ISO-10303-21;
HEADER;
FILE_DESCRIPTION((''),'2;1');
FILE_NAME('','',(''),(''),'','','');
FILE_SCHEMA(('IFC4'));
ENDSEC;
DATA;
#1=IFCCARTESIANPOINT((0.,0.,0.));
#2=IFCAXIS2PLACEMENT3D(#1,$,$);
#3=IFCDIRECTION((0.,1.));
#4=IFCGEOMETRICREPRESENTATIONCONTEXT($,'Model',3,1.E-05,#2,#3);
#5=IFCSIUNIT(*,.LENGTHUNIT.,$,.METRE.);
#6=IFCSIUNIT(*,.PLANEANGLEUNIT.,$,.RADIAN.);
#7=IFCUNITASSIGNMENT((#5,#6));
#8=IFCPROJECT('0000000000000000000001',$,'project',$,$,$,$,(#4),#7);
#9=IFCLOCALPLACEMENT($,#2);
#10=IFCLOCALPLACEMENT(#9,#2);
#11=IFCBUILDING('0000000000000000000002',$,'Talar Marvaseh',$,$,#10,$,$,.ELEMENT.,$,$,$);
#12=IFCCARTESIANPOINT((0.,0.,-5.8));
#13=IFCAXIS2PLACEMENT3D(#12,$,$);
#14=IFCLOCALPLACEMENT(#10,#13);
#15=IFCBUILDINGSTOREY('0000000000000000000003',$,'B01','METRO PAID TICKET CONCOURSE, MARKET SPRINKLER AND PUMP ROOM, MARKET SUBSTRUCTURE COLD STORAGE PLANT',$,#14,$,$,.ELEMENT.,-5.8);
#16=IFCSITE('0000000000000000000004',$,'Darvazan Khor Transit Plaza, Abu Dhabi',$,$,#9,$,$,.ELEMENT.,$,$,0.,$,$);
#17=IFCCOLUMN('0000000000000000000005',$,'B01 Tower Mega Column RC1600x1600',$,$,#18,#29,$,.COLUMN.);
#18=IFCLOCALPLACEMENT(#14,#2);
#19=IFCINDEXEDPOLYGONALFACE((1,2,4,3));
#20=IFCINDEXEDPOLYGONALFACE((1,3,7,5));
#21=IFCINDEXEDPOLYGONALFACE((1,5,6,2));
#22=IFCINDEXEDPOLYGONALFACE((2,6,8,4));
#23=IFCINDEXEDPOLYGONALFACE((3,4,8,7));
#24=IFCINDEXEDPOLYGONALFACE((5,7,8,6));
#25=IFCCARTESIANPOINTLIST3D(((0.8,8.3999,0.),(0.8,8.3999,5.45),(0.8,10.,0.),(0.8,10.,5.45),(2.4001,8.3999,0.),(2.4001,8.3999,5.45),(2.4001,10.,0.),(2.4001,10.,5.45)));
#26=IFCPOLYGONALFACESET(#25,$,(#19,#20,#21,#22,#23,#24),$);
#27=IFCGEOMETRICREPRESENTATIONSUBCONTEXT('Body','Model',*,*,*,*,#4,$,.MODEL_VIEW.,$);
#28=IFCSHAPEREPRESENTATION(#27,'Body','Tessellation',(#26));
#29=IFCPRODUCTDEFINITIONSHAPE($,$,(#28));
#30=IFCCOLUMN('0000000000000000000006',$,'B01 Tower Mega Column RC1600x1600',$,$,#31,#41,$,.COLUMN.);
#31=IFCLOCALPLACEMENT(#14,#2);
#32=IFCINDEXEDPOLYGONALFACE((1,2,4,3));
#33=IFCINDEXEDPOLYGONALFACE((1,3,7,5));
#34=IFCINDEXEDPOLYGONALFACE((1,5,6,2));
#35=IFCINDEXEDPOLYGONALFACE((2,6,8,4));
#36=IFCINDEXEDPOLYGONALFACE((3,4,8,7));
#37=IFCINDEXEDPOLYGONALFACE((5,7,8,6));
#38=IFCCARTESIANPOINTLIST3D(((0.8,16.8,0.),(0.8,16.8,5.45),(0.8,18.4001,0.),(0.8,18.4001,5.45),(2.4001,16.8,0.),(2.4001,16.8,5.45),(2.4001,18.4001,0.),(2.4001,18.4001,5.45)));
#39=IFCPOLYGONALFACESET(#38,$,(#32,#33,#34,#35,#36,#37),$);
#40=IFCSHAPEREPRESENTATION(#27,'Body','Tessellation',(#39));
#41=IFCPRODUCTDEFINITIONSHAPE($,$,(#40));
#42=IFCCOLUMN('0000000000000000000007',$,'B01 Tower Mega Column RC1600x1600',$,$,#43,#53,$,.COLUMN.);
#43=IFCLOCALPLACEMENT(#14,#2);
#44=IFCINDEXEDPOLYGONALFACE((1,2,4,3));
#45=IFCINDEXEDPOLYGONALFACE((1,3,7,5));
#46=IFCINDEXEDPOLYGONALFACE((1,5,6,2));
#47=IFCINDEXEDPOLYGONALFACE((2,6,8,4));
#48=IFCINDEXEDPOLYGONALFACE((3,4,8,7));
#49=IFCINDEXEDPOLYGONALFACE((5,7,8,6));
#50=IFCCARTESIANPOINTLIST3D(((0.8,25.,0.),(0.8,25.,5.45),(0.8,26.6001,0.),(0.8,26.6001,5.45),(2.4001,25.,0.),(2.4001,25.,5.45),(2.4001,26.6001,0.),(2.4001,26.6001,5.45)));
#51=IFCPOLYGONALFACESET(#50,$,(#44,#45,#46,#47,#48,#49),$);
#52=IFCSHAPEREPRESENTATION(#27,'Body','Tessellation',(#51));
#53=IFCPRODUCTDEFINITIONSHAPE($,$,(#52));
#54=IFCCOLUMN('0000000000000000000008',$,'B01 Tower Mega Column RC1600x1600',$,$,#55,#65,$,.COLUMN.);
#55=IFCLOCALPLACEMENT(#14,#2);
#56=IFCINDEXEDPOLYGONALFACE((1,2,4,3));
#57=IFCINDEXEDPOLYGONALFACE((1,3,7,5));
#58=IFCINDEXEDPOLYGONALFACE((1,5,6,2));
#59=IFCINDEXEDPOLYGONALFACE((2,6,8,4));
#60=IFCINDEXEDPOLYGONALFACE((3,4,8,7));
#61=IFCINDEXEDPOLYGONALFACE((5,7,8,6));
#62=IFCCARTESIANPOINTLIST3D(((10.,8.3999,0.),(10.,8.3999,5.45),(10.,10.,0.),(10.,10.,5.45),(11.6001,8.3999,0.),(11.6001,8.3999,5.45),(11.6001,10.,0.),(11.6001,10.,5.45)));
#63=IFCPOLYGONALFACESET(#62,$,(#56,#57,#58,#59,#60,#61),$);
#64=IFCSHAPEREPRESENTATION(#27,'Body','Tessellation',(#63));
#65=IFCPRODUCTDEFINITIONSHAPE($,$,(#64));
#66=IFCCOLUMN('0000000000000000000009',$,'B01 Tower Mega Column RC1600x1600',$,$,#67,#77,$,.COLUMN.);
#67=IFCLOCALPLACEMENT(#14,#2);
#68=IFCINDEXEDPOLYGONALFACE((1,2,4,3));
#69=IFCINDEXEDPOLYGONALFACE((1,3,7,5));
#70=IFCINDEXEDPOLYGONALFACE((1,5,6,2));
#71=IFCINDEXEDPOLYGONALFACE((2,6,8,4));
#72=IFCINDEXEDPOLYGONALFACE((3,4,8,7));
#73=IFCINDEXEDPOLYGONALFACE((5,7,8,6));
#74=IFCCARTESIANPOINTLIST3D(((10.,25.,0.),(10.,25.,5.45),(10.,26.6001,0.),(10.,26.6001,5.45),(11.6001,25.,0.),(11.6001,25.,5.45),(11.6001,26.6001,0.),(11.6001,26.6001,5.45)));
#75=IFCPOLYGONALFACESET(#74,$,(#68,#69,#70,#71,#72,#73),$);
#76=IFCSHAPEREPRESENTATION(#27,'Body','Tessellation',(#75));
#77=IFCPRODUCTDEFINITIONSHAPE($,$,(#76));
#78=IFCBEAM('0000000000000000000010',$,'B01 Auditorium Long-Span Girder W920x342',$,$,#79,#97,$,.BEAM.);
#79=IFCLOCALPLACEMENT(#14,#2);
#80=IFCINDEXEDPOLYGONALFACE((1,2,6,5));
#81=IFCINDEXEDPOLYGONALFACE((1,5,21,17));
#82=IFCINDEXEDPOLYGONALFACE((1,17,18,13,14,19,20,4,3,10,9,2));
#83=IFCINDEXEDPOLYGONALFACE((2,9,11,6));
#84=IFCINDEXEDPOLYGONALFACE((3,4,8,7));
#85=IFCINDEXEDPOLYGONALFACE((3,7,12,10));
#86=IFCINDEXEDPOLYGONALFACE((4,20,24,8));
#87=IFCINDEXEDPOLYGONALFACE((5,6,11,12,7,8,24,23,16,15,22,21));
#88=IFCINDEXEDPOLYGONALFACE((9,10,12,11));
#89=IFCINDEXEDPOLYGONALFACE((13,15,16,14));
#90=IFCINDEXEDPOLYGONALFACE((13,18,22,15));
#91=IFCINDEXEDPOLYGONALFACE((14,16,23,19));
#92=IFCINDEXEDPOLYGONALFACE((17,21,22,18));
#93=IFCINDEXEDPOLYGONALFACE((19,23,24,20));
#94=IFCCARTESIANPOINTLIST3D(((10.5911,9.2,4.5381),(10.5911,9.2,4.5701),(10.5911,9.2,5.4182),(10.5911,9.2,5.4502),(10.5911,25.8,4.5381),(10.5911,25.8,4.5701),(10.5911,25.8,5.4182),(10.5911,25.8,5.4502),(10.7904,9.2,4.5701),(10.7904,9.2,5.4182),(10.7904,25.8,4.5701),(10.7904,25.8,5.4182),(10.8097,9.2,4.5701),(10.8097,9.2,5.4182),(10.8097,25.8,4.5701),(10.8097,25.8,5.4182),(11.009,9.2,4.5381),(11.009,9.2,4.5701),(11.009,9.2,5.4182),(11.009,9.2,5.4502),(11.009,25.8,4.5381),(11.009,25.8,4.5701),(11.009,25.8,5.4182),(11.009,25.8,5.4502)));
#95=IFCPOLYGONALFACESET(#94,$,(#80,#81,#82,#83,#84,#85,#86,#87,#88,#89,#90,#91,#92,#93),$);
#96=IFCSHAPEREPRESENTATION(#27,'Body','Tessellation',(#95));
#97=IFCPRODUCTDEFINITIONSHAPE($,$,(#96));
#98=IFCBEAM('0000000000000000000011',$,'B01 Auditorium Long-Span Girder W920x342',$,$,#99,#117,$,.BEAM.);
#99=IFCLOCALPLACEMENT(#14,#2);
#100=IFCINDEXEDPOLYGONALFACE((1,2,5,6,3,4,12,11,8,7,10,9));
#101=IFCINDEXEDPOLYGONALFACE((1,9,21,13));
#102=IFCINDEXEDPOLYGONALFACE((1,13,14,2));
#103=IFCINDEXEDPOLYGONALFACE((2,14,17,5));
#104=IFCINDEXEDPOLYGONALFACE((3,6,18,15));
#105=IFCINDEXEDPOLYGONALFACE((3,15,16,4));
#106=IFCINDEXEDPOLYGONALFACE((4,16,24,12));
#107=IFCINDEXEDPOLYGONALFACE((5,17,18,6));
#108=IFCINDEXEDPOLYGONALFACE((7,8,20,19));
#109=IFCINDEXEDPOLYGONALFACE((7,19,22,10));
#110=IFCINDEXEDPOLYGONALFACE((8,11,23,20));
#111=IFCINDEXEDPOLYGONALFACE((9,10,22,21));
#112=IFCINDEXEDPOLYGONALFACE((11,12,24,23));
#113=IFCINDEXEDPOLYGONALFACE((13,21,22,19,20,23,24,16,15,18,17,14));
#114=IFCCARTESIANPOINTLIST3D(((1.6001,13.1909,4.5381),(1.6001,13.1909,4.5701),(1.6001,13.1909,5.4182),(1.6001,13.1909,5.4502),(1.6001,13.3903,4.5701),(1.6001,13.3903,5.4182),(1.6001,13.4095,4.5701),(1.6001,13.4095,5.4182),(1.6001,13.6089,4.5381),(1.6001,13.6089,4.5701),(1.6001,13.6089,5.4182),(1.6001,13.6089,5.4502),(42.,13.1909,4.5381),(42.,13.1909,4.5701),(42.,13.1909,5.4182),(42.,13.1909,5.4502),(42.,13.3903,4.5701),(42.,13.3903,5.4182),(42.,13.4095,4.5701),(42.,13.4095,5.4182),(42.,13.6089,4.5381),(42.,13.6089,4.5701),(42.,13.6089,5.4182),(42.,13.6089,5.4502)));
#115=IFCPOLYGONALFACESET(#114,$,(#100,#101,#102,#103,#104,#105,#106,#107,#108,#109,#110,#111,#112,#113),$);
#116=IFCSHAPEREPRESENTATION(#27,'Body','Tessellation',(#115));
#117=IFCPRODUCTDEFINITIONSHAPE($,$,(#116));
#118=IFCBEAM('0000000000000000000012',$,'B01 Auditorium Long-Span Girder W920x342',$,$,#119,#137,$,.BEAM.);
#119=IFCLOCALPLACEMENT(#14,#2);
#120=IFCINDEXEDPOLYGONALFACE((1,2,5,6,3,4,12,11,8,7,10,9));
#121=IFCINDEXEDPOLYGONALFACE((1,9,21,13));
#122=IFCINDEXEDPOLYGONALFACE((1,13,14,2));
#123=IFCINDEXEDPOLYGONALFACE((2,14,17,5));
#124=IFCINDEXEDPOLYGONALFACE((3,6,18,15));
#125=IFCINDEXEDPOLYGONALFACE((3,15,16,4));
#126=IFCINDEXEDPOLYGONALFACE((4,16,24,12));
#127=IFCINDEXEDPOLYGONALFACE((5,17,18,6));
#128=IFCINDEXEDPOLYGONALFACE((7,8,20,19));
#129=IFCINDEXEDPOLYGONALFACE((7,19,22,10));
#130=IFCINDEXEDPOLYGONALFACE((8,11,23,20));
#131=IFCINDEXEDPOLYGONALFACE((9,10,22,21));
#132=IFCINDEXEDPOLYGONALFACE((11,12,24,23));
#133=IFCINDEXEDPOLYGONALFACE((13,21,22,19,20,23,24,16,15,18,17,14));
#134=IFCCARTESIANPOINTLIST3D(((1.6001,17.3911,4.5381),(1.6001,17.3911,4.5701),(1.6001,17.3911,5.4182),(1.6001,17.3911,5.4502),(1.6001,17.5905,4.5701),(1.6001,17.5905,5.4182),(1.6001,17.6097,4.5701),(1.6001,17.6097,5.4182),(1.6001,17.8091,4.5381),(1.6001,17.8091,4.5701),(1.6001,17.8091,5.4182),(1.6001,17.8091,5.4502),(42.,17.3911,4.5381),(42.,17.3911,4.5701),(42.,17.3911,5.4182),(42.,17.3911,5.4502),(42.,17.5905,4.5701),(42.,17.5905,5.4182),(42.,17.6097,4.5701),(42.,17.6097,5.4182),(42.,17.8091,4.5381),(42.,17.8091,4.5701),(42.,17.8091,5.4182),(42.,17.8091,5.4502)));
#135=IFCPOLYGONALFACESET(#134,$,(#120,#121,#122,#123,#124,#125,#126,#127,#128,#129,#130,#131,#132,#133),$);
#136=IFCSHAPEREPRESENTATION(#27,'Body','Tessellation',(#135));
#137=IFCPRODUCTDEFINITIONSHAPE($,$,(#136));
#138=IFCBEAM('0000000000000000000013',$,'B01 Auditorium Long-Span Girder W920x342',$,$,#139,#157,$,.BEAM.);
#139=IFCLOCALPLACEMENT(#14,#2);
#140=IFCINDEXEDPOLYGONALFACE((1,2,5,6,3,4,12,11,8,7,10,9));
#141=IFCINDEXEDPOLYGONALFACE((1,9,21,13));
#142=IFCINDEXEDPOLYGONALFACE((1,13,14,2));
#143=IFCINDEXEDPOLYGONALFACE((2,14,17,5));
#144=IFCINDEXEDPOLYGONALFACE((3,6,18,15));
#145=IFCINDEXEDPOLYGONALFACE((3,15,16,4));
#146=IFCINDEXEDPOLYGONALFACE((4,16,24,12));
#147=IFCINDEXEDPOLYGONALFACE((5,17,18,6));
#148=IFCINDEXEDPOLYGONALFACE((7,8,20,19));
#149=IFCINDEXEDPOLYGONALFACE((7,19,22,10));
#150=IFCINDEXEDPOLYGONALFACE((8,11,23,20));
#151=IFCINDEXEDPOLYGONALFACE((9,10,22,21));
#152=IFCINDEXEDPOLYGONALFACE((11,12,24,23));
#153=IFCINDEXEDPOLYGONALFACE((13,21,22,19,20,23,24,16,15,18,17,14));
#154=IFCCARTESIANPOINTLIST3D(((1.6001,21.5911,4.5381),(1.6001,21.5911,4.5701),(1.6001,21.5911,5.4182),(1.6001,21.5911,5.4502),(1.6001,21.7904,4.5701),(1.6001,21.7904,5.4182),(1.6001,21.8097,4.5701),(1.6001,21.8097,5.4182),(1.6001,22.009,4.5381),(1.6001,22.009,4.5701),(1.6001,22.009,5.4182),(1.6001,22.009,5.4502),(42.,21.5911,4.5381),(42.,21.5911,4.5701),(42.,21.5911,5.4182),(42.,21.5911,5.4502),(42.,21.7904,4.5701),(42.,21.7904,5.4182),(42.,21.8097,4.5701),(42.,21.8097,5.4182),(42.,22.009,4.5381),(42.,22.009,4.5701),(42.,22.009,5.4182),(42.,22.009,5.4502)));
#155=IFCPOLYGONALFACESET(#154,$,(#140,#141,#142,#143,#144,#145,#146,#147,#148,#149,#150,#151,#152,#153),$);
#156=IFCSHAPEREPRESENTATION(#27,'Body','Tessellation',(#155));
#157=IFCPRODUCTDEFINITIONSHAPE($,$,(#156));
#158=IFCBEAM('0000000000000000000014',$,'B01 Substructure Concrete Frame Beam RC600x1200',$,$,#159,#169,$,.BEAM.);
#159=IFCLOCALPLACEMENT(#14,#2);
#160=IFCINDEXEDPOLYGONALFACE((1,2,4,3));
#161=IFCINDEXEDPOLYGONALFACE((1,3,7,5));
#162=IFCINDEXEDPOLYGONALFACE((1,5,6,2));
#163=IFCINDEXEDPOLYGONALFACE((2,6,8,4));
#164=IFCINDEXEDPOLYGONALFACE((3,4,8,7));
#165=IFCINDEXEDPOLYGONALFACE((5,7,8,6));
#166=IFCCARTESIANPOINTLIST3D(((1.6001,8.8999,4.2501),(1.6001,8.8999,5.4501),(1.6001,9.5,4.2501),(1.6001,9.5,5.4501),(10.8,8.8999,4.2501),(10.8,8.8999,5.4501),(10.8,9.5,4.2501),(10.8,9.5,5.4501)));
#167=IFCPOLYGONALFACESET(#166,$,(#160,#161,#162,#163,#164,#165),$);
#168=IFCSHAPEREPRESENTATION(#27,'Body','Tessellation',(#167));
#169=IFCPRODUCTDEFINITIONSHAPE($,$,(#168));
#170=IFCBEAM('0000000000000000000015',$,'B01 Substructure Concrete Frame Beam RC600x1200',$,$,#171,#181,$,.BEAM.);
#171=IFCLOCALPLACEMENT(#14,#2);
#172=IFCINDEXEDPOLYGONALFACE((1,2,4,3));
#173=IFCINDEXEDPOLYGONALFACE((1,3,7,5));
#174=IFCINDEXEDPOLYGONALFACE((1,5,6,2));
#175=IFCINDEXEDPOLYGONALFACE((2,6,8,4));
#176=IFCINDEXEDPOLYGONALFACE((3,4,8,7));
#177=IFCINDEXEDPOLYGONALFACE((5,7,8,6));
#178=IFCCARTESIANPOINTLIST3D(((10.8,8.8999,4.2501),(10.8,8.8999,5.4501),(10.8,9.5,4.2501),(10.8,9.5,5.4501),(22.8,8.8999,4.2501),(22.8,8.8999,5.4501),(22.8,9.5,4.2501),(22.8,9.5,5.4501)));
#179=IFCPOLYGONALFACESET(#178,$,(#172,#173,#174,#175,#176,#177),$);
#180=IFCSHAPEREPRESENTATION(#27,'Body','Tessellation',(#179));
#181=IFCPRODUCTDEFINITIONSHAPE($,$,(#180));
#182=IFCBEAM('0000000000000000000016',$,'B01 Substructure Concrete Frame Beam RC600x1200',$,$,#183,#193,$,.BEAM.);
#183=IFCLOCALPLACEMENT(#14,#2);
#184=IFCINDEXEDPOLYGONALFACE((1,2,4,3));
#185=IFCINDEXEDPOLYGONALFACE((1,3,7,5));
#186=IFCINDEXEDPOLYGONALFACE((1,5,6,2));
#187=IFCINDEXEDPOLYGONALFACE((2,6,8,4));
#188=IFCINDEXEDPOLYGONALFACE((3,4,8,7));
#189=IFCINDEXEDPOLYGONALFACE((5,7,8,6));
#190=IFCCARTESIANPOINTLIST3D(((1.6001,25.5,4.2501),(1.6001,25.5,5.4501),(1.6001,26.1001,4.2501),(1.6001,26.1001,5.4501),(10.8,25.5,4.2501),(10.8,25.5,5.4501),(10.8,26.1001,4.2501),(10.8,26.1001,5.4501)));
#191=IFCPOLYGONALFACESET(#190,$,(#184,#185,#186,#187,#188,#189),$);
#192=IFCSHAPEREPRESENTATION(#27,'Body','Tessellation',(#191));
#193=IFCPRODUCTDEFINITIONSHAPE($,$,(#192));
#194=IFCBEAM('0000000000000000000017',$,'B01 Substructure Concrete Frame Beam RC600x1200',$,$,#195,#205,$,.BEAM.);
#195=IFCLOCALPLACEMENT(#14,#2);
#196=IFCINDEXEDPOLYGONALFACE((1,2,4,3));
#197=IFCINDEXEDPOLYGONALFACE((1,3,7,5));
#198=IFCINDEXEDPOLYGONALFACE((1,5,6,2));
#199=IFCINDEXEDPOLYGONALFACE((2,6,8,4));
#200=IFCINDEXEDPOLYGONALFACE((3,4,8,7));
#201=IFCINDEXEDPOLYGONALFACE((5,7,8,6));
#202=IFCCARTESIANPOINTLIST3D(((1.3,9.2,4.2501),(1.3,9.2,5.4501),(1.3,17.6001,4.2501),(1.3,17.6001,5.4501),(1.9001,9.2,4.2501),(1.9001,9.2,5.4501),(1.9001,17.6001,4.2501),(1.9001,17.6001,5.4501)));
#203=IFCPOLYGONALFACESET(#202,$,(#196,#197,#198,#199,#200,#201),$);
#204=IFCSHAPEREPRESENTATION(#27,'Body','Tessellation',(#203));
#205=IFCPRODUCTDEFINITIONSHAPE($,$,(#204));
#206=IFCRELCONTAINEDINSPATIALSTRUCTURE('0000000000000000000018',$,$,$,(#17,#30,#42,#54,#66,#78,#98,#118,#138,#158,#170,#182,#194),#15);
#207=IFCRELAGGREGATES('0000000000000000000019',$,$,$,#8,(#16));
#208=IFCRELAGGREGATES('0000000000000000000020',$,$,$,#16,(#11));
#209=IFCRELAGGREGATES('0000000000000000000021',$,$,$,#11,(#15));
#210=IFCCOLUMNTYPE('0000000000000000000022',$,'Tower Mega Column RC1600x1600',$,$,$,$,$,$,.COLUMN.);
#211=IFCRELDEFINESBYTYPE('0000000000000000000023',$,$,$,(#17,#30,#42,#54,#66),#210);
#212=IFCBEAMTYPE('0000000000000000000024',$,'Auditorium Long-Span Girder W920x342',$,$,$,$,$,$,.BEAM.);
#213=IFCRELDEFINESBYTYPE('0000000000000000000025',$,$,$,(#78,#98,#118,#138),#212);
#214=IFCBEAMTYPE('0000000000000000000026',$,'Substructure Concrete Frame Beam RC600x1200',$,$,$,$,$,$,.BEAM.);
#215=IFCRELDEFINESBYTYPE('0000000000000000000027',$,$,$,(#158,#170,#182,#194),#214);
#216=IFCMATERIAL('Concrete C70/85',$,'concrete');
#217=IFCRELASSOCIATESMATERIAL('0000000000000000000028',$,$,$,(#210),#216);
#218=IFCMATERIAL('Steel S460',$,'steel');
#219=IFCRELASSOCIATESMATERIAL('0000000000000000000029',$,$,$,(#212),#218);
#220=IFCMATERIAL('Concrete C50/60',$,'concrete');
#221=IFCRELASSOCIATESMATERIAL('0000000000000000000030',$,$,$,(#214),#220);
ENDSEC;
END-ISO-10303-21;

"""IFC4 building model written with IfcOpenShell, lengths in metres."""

from ifc_helpers import new_model, si_unit, direction, frame, origin, origin_2d, place, context, subcontext, project, spatial, rectangle, i_section, extrude, material, material_profile, profile_set, type_object, element, save


model = new_model("IFC4")

# Units and contexts
model_context = context("Model", 3, precision=1e-05, world=origin(), true_north=direction((0.0, 1.0)))
body_context = subcontext(model_context, "Body", "Model", "MODEL_VIEW")
ifc_project = project(units=[si_unit("LENGTHUNIT", "METRE"), si_unit("PLANEANGLEUNIT", "RADIAN")], contexts=[model_context])

# Site, building, storey
site_placement = place(None, origin())
site = spatial("IfcSite", under=ifc_project, at=site_placement, Name="Darvazan Khor Transit Plaza, Abu Dhabi", CompositionType="ELEMENT", RefElevation=0.0)
building_placement = place(site_placement, origin())
building = spatial("IfcBuilding", under=site, at=building_placement, Name="Talar Marvaseh", CompositionType="ELEMENT")
storey_placement = place(building_placement, frame((0.0, 0.0, -5.8)))
storey = spatial("IfcBuildingStorey", under=building, at=storey_placement, Name="B01", Description="METRO PAID TICKET CONCOURSE, MARKET SPRINKLER AND PUMP ROOM, MARKET SUBSTRUCTURE COLD STORAGE PLANT", CompositionType="ELEMENT", Elevation=-5.8)

# Columns
ifc_material_1 = material(Name="Concrete C70/85", Category="concrete")
ifc_material_profile_1 = material_profile(ifc_material_1, rectangle(XDim=1.6001, YDim=1.6001, at=origin_2d()), Name="RC1600x1600")
ifc_profile_set_1 = profile_set([ifc_material_profile_1], Name="Concrete C70/85")
column_type = type_object("IfcColumnType", Name="Tower Mega Column RC1600x1600", PredefinedType="COLUMN", material=ifc_profile_set_1)
for number, where, z_axis, x_axis, name in (
    (1, (1.6001, 9.2, 0.0), (0.0, 0.0, 1.0), (1.0, 0.0, 0.0), "B01 Tower Mega Column RC1600x1600"),
    (2, (1.6001, 17.6001, 0.0), (0.0, 0.0, 1.0), (1.0, 0.0, 0.0), "B01 Tower Mega Column RC1600x1600"),
    (3, (1.6001, 25.8, 0.0), (0.0, 0.0, 1.0), (1.0, 0.0, 0.0), "B01 Tower Mega Column RC1600x1600"),
    (4, (10.8, 9.2, 0.0), (0.0, 0.0, 1.0), (1.0, 0.0, 0.0), "B01 Tower Mega Column RC1600x1600"),
    (5, (10.8, 25.8, 0.0), (0.0, 0.0, 1.0), (1.0, 0.0, 0.0), "B01 Tower Mega Column RC1600x1600"),
):
    element("IfcColumn", number, at=place(storey_placement, frame(where, z_axis=z_axis, x_axis=x_axis)), inside=storey, type_object=column_type, Name=name, PredefinedType="COLUMN", context=body_context, shape_type="SweptSolid", body=[
        extrude(rectangle(XDim=1.6001, YDim=1.6001, at=origin_2d()), origin(), (0.0, 0.0, 1.0), 5.45),
    ])

# Beams
ifc_material_2 = material(Name="Steel S460", Category="steel")
ifc_material_profile_2 = material_profile(ifc_material_2, i_section(OverallWidth=0.418, OverallDepth=0.9121, WebThickness=0.0193, FlangeThickness=0.032, at=origin_2d()), Name="W920x342")
ifc_profile_set_2 = profile_set([ifc_material_profile_2], Name="Steel S460")
beam_type_1 = type_object("IfcBeamType", Name="Auditorium Long-Span Girder W920x342", PredefinedType="BEAM", material=ifc_profile_set_2)
beam_1_placement = place(storey_placement, frame((10.8, 9.2, 4.9941), z_axis=(0.0, 1.0, 0.0), x_axis=(-1.0, 0.0, 0.0)))
element("IfcBeam", 6, at=beam_1_placement, inside=storey, type_object=beam_type_1, Name="B01 Auditorium Long-Span Girder W920x342", PredefinedType="BEAM", context=body_context, shape_type="SweptSolid", body=[
    extrude(i_section(OverallWidth=0.418, OverallDepth=0.9121, WebThickness=0.0193, FlangeThickness=0.032, at=origin_2d()), origin(), (0.0, 0.0, 1.0), 16.6001),
])
for number, where, z_axis, x_axis, name in (
    (7, (1.6001, 13.3999, 4.9941), (1.0, 0.0, 0.0), (0.0, 1.0, 0.0), "B01 Auditorium Long-Span Girder W920x342"),
    (8, (1.6001, 17.6001, 4.9941), (1.0, 0.0, 0.0), (0.0, 1.0, 0.0), "B01 Auditorium Long-Span Girder W920x342"),
    (9, (1.6001, 21.8, 4.9941), (1.0, 0.0, 0.0), (0.0, 1.0, 0.0), "B01 Auditorium Long-Span Girder W920x342"),
):
    element("IfcBeam", number, at=place(storey_placement, frame(where, z_axis=z_axis, x_axis=x_axis)), inside=storey, type_object=beam_type_1, Name=name, PredefinedType="BEAM", context=body_context, shape_type="SweptSolid", body=[
        extrude(i_section(OverallWidth=0.418, OverallDepth=0.9121, WebThickness=0.0193, FlangeThickness=0.032, at=origin_2d()), origin(), (0.0, 0.0, 1.0), 40.3999),
    ])
ifc_material_3 = material(Name="Concrete C50/60", Category="concrete")
ifc_material_profile_3 = material_profile(ifc_material_3, rectangle(XDim=0.6001, YDim=1.2, at=origin_2d()), Name="RC600x1200")
ifc_profile_set_3 = profile_set([ifc_material_profile_3], Name="Concrete C50/60")
beam_type_2 = type_object("IfcBeamType", Name="Substructure Concrete Frame Beam RC600x1200", PredefinedType="BEAM", material=ifc_profile_set_3)
beam_2_placement = place(storey_placement, frame((1.6001, 9.2, 4.8501), z_axis=(1.0, 0.0, 0.0), x_axis=(0.0, 1.0, 0.0)))
element("IfcBeam", 10, at=beam_2_placement, inside=storey, type_object=beam_type_2, Name="B01 Substructure Concrete Frame Beam RC600x1200", PredefinedType="BEAM", context=body_context, shape_type="SweptSolid", body=[
    extrude(rectangle(XDim=0.6001, YDim=1.2, at=origin_2d()), origin(), (0.0, 0.0, 1.0), 9.2),
])
beam_3_placement = place(storey_placement, frame((10.8, 9.2, 4.8501), z_axis=(1.0, 0.0, 0.0), x_axis=(0.0, 1.0, 0.0)))
element("IfcBeam", 11, at=beam_3_placement, inside=storey, type_object=beam_type_2, Name="B01 Substructure Concrete Frame Beam RC600x1200", PredefinedType="BEAM", context=body_context, shape_type="SweptSolid", body=[
    extrude(rectangle(XDim=0.6001, YDim=1.2, at=origin_2d()), origin(), (0.0, 0.0, 1.0), 12.0),
])
beam_4_placement = place(storey_placement, frame((1.6001, 25.8, 4.8501), z_axis=(1.0, 0.0, 0.0), x_axis=(0.0, 1.0, 0.0)))
element("IfcBeam", 12, at=beam_4_placement, inside=storey, type_object=beam_type_2, Name="B01 Substructure Concrete Frame Beam RC600x1200", PredefinedType="BEAM", context=body_context, shape_type="SweptSolid", body=[
    extrude(rectangle(XDim=0.6001, YDim=1.2, at=origin_2d()), origin(), (0.0, 0.0, 1.0), 9.2),
])
beam_5_placement = place(storey_placement, frame((1.6001, 9.2, 4.8501), z_axis=(0.0, 1.0, 0.0), x_axis=(-1.0, 0.0, 0.0)))
element("IfcBeam", 13, at=beam_5_placement, inside=storey, type_object=beam_type_2, Name="B01 Substructure Concrete Frame Beam RC600x1200", PredefinedType="BEAM", context=body_context, shape_type="SweptSolid", body=[
    extrude(rectangle(XDim=0.6001, YDim=1.2, at=origin_2d()), origin(), (0.0, 0.0, 1.0), 8.4001),
])

save(model, "model.ifc")
